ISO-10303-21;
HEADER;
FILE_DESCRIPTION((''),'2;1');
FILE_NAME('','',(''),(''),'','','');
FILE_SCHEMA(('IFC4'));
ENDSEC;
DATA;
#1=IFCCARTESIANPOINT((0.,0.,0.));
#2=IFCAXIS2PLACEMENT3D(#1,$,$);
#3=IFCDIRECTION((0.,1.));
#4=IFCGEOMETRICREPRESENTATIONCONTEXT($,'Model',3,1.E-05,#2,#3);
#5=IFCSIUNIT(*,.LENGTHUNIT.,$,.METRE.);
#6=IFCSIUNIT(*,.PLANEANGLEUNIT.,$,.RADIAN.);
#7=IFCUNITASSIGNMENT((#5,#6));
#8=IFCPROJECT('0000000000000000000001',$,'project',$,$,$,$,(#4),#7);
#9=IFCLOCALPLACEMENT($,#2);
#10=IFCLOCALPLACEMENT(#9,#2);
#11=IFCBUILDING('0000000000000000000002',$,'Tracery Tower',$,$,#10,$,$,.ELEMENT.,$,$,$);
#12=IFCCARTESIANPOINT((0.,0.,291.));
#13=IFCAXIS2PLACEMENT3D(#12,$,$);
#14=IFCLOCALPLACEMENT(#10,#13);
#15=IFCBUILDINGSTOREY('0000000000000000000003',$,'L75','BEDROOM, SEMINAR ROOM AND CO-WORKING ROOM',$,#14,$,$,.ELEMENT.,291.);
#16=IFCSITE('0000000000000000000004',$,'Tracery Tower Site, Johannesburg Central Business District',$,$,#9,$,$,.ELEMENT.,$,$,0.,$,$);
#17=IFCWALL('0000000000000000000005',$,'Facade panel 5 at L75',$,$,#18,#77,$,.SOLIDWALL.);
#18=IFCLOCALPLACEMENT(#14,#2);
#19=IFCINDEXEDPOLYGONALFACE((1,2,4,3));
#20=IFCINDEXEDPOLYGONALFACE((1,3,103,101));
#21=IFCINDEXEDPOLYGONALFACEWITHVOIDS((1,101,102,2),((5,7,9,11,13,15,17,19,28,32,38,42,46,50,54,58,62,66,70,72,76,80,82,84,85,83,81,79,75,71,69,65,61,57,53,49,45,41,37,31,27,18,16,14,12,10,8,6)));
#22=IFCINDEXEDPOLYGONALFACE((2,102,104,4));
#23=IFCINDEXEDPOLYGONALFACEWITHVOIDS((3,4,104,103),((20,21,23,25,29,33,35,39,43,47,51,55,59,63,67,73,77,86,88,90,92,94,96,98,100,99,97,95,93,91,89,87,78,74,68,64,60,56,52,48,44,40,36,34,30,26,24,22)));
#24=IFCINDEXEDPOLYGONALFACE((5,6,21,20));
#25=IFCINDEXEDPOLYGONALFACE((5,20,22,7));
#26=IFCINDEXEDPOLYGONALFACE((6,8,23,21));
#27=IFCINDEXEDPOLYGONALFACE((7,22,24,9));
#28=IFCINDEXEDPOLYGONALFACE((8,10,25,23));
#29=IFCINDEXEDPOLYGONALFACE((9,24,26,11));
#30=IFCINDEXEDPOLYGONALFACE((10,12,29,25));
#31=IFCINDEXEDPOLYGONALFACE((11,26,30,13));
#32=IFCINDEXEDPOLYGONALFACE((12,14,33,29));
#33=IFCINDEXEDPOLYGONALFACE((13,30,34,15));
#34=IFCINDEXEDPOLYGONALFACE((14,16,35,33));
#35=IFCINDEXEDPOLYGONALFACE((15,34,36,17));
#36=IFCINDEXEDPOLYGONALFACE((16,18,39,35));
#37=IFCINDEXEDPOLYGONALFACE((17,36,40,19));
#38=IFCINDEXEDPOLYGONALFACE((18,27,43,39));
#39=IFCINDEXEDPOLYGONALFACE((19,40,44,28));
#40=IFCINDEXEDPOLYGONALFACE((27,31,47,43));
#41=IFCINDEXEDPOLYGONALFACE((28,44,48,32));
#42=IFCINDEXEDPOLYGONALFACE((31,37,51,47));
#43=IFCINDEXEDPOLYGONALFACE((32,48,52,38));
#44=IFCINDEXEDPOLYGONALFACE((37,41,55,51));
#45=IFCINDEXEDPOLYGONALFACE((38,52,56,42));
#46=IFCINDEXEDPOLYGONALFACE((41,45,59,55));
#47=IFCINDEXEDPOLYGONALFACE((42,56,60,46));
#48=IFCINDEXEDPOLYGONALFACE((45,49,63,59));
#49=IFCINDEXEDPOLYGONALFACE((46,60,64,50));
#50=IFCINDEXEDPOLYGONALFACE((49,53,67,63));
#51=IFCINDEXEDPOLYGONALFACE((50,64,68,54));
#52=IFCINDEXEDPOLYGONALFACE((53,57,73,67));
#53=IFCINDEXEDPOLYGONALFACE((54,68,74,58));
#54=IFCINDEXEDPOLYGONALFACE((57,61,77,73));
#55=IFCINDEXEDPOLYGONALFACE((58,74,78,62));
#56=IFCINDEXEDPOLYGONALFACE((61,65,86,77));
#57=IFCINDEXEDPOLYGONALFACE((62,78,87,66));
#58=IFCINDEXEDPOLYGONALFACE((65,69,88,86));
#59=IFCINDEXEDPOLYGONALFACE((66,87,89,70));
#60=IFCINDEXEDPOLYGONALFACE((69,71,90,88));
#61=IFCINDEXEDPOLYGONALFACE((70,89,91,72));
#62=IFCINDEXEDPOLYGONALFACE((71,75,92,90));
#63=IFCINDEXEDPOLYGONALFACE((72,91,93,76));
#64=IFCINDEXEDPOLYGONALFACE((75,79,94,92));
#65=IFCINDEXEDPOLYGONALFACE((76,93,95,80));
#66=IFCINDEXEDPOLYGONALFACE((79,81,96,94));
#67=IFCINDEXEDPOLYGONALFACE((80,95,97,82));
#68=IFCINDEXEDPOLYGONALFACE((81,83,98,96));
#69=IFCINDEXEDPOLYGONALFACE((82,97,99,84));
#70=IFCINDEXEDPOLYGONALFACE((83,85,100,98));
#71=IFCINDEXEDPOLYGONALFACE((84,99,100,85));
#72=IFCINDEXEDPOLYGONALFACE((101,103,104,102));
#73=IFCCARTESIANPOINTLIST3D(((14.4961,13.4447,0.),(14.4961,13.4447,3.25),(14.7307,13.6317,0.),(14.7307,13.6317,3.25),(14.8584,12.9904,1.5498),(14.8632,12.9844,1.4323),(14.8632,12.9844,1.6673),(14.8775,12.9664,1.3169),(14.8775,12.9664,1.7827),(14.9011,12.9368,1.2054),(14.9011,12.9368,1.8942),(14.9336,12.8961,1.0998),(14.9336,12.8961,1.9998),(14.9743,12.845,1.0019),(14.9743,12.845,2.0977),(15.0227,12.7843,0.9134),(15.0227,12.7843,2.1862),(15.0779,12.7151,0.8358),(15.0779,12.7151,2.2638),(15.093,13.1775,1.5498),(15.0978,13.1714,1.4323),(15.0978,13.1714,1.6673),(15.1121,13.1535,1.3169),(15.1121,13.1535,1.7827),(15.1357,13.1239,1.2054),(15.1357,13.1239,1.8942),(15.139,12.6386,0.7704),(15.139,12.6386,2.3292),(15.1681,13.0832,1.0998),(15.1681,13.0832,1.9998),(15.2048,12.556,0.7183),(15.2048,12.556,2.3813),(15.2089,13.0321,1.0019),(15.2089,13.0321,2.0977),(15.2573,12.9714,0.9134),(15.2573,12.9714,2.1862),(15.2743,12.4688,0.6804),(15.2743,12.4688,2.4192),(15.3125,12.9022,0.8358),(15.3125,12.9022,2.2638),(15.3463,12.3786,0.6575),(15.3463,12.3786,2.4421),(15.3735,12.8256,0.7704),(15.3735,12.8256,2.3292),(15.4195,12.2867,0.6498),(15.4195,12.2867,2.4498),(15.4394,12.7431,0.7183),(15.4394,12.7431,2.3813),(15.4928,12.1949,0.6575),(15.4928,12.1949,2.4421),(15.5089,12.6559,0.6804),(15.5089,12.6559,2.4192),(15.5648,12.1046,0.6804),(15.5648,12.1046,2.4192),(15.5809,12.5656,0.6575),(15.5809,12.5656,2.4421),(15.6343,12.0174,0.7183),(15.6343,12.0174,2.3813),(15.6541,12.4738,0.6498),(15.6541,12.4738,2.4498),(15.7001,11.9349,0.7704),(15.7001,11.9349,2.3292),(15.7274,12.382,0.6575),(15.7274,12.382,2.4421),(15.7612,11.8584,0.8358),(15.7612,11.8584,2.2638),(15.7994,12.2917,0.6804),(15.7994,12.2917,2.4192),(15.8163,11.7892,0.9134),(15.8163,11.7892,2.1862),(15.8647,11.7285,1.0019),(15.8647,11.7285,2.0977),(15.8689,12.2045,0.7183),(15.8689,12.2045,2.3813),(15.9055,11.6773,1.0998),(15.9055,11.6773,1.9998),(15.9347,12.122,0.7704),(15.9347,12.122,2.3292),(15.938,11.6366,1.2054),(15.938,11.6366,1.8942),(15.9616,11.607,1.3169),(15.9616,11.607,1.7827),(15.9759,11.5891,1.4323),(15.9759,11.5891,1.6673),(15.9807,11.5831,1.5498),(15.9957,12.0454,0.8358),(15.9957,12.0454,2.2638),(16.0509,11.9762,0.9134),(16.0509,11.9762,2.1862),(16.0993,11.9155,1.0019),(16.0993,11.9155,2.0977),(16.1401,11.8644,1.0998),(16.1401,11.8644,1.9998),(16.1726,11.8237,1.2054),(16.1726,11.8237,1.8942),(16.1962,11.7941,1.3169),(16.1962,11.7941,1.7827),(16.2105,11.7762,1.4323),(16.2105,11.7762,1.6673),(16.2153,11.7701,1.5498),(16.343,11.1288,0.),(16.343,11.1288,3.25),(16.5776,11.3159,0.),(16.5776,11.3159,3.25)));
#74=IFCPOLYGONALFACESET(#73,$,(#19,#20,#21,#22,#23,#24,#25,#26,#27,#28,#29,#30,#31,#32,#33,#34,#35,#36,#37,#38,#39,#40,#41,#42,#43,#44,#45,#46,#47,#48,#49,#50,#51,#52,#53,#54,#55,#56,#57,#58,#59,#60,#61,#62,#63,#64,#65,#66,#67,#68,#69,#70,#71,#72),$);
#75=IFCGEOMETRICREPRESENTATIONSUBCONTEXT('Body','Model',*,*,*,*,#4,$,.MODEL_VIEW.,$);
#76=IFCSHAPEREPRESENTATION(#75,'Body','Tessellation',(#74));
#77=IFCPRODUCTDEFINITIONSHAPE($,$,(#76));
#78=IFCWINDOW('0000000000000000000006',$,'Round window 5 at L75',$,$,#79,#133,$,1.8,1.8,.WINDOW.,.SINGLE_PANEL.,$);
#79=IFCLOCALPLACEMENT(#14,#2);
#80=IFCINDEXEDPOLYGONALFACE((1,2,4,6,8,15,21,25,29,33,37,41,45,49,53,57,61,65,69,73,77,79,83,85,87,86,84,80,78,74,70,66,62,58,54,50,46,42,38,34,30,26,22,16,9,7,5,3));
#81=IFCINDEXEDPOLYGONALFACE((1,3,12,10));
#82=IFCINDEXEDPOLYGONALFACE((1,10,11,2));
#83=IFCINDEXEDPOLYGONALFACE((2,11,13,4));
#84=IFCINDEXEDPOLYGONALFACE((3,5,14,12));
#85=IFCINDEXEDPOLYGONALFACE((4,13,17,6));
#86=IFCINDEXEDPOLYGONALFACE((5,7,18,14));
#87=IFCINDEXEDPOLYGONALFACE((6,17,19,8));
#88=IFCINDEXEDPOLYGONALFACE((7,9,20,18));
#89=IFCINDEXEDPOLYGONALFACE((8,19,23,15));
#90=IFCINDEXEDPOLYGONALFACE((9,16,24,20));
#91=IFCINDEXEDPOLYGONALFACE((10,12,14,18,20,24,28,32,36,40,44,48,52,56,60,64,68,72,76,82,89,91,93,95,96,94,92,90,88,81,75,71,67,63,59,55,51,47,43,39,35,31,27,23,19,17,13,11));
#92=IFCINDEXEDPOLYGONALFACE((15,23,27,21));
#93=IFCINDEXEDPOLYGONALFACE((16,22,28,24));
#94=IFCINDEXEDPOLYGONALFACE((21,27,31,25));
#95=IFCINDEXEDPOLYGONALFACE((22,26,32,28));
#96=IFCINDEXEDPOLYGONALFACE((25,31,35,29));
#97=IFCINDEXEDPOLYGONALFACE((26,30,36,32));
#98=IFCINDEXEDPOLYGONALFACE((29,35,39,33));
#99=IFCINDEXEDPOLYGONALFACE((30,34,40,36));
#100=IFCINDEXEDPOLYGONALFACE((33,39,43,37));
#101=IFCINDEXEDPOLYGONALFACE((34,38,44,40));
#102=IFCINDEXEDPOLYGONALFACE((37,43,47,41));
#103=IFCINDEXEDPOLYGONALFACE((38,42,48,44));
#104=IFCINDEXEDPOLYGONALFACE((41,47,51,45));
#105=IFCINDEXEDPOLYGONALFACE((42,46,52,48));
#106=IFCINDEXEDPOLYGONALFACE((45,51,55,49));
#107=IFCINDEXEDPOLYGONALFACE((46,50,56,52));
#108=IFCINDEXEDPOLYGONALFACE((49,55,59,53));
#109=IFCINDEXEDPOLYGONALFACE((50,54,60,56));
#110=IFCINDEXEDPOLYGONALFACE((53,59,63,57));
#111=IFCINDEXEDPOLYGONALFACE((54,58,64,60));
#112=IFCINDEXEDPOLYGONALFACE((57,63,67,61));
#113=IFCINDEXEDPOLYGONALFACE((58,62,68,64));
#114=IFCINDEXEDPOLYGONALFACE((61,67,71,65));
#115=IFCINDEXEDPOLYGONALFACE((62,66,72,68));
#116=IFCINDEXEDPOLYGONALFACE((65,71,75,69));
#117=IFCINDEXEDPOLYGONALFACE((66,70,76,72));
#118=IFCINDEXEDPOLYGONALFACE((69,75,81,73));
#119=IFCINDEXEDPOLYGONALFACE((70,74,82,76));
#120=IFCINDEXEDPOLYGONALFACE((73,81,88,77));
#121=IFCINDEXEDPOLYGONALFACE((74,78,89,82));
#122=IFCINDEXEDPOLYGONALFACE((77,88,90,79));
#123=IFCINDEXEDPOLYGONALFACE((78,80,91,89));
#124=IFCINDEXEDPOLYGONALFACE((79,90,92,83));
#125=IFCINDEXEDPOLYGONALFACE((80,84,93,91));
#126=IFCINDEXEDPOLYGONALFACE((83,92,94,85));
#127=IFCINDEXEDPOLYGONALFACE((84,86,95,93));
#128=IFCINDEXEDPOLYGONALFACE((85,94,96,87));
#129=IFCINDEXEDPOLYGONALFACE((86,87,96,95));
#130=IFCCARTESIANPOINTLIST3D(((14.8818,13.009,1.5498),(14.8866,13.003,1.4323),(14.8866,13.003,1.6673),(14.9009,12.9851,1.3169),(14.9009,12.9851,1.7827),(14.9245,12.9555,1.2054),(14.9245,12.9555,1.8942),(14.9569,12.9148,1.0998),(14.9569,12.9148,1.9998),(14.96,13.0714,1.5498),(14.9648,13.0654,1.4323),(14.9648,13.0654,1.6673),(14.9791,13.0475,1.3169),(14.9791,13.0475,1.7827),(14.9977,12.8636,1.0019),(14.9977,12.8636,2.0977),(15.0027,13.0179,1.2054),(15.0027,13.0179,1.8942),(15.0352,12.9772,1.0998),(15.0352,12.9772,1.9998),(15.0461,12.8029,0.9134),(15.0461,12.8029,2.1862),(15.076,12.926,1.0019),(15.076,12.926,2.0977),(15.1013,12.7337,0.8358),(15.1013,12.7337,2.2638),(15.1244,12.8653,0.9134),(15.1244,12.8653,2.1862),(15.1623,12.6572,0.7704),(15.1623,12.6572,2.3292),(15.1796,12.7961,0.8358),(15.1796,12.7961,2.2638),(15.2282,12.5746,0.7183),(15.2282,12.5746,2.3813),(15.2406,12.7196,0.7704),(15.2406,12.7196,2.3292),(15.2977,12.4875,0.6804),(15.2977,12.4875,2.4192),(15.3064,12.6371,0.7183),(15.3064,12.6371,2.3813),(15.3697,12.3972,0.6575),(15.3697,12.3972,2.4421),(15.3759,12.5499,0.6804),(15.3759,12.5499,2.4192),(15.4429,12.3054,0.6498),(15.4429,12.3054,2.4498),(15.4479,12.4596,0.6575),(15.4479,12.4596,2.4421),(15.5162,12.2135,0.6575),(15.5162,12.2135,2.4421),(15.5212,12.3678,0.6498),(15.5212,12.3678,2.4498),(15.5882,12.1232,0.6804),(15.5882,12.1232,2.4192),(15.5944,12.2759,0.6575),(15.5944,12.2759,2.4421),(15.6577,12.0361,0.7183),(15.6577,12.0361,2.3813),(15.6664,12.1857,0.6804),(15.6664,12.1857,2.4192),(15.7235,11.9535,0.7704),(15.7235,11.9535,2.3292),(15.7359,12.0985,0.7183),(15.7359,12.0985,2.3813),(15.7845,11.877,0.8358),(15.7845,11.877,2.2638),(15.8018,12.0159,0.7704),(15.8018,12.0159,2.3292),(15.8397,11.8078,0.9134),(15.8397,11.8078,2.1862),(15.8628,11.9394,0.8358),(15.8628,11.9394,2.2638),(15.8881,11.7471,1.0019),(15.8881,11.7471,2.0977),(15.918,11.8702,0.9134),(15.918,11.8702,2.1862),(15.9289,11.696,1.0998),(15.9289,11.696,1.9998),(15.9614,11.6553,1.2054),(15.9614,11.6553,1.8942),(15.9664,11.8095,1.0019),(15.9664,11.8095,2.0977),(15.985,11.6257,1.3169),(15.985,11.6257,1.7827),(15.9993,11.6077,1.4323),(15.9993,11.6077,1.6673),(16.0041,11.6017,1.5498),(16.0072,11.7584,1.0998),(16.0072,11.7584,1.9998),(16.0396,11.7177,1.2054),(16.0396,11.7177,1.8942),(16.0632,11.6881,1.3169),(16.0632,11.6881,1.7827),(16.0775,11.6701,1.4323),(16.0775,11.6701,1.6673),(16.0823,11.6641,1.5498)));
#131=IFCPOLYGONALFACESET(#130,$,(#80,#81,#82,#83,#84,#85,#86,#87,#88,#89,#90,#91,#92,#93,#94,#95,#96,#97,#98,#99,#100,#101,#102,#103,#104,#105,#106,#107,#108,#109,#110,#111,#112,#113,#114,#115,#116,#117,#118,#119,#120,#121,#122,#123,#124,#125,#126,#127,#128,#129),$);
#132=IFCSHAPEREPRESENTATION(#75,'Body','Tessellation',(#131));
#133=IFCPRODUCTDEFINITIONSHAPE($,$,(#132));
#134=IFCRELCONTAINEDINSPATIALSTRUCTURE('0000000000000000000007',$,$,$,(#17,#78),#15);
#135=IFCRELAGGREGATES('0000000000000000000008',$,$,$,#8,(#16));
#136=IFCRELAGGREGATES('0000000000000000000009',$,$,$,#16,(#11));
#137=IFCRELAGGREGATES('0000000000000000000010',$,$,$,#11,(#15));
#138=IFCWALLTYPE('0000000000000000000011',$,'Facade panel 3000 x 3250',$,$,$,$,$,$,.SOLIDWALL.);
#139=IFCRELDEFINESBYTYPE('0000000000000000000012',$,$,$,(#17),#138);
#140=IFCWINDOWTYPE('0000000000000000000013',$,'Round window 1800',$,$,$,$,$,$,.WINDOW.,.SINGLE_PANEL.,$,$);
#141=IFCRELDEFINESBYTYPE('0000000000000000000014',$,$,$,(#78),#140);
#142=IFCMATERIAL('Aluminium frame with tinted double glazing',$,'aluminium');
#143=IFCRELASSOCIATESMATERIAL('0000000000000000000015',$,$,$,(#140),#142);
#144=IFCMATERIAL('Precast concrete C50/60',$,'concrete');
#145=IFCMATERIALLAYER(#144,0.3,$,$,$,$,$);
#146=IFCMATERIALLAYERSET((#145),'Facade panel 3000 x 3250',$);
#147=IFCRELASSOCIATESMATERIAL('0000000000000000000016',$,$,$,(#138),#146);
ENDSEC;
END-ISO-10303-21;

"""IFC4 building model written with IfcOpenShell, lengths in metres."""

from ifc_helpers import new_model, si_unit, direction, frame, frame_2d, origin, origin_2d, place, context, subcontext, project, spatial, rectangle, circle, extrude, material, layer, layer_set, type_object, element, fill, save


model = new_model("IFC4")

# Units and contexts
model_context = context("Model", 3, precision=1e-05, world=origin(), true_north=direction((0.0, 1.0)))
body_context = subcontext(model_context, "Body", "Model", "MODEL_VIEW")
ifc_project = project(units=[si_unit("LENGTHUNIT", "METRE"), si_unit("PLANEANGLEUNIT", "RADIAN")], contexts=[model_context])

# Site, building, storey
site_placement = place(None, origin())
site = spatial("IfcSite", under=ifc_project, at=site_placement, Name="Tracery Tower Site, Johannesburg Central Business District", CompositionType="ELEMENT", RefElevation=0.0)
building_placement = place(site_placement, origin())
building = spatial("IfcBuilding", under=site, at=building_placement, Name="Tracery Tower", CompositionType="ELEMENT")
storey_placement = place(building_placement, frame((0.0, 0.0, 291.0)))
storey = spatial("IfcBuildingStorey", under=building, at=storey_placement, Name="L75", Description="BEDROOM, SEMINAR ROOM AND CO-WORKING ROOM", CompositionType="ELEMENT", Elevation=291.0)

# Wall, opening, window
ifc_material_1 = material(Name="Aluminium frame with tinted double glazing", Category="aluminium")
window_type = type_object("IfcWindowType", Name="Round window 1800", PartitioningType="SINGLE_PANEL", PredefinedType="WINDOW", material=ifc_material_1)
ifc_material_2 = material(Name="Precast concrete C50/60", Category="concrete")
ifc_layer_1 = layer(ifc_material_2, 0.3)
ifc_layer_set_1 = layer_set([ifc_layer_1], Name="Facade panel 3000 x 3250")
wall_type_1 = type_object("IfcWallType", Name="Facade panel 3000 x 3250", PredefinedType="SOLIDWALL", material=ifc_layer_set_1)
wall_1_placement = place(storey_placement, frame((16.4602, 11.2224, 0.0), z_axis=(0.0, 0.0, 1.0), x_axis=(-0.623498, 0.781825, 0.0)))
wall_1 = element("IfcWall", 1, at=wall_1_placement, inside=storey, type_object=wall_type_1, Name="Facade panel 5 at L75", PredefinedType="SOLIDWALL", context=body_context, shape_type="SweptSolid", body=[
    extrude(rectangle(XDim=2.9622, YDim=0.3, at=frame_2d((1.481, 0.0))), origin(), (0.0, 0.0, 1.0), 3.25),
])
opening_1_placement = place(wall_1_placement, frame((1.481, 0.0, 1.5498)))
opening_1 = element("IfcOpeningElement", 2, at=opening_1_placement, cuts=wall_1, PredefinedType="OPENING", context=body_context, shape_type="SweptSolid", body=[
    extrude(circle(Radius=0.9, at=origin_2d()), frame((0.0, 0.1599, 0.0), z_axis=(0.0, -1.0, 0.0), x_axis=(1.0, 0.0, 0.0)), (0.0, 0.0, 1.0), 0.3201),
])
window_1_placement = place(opening_1_placement, origin())
window_1 = element("IfcWindow", 3, at=window_1_placement, inside=storey, type_object=window_type, Name="Round window 5 at L75", OverallHeight=1.8, OverallWidth=1.8, PartitioningType="SINGLE_PANEL", PredefinedType="WINDOW", context=body_context, shape_type="SweptSolid", body=[
    extrude(circle(Radius=0.9, at=origin_2d()), frame((0.0, 0.1201, 0.0), z_axis=(0.0, -1.0, 0.0), x_axis=(1.0, 0.0, 0.0)), (0.0, 0.0, 1.0), 0.1001),
])
fill(opening_1, window_1)

save(model, "model.ifc")
